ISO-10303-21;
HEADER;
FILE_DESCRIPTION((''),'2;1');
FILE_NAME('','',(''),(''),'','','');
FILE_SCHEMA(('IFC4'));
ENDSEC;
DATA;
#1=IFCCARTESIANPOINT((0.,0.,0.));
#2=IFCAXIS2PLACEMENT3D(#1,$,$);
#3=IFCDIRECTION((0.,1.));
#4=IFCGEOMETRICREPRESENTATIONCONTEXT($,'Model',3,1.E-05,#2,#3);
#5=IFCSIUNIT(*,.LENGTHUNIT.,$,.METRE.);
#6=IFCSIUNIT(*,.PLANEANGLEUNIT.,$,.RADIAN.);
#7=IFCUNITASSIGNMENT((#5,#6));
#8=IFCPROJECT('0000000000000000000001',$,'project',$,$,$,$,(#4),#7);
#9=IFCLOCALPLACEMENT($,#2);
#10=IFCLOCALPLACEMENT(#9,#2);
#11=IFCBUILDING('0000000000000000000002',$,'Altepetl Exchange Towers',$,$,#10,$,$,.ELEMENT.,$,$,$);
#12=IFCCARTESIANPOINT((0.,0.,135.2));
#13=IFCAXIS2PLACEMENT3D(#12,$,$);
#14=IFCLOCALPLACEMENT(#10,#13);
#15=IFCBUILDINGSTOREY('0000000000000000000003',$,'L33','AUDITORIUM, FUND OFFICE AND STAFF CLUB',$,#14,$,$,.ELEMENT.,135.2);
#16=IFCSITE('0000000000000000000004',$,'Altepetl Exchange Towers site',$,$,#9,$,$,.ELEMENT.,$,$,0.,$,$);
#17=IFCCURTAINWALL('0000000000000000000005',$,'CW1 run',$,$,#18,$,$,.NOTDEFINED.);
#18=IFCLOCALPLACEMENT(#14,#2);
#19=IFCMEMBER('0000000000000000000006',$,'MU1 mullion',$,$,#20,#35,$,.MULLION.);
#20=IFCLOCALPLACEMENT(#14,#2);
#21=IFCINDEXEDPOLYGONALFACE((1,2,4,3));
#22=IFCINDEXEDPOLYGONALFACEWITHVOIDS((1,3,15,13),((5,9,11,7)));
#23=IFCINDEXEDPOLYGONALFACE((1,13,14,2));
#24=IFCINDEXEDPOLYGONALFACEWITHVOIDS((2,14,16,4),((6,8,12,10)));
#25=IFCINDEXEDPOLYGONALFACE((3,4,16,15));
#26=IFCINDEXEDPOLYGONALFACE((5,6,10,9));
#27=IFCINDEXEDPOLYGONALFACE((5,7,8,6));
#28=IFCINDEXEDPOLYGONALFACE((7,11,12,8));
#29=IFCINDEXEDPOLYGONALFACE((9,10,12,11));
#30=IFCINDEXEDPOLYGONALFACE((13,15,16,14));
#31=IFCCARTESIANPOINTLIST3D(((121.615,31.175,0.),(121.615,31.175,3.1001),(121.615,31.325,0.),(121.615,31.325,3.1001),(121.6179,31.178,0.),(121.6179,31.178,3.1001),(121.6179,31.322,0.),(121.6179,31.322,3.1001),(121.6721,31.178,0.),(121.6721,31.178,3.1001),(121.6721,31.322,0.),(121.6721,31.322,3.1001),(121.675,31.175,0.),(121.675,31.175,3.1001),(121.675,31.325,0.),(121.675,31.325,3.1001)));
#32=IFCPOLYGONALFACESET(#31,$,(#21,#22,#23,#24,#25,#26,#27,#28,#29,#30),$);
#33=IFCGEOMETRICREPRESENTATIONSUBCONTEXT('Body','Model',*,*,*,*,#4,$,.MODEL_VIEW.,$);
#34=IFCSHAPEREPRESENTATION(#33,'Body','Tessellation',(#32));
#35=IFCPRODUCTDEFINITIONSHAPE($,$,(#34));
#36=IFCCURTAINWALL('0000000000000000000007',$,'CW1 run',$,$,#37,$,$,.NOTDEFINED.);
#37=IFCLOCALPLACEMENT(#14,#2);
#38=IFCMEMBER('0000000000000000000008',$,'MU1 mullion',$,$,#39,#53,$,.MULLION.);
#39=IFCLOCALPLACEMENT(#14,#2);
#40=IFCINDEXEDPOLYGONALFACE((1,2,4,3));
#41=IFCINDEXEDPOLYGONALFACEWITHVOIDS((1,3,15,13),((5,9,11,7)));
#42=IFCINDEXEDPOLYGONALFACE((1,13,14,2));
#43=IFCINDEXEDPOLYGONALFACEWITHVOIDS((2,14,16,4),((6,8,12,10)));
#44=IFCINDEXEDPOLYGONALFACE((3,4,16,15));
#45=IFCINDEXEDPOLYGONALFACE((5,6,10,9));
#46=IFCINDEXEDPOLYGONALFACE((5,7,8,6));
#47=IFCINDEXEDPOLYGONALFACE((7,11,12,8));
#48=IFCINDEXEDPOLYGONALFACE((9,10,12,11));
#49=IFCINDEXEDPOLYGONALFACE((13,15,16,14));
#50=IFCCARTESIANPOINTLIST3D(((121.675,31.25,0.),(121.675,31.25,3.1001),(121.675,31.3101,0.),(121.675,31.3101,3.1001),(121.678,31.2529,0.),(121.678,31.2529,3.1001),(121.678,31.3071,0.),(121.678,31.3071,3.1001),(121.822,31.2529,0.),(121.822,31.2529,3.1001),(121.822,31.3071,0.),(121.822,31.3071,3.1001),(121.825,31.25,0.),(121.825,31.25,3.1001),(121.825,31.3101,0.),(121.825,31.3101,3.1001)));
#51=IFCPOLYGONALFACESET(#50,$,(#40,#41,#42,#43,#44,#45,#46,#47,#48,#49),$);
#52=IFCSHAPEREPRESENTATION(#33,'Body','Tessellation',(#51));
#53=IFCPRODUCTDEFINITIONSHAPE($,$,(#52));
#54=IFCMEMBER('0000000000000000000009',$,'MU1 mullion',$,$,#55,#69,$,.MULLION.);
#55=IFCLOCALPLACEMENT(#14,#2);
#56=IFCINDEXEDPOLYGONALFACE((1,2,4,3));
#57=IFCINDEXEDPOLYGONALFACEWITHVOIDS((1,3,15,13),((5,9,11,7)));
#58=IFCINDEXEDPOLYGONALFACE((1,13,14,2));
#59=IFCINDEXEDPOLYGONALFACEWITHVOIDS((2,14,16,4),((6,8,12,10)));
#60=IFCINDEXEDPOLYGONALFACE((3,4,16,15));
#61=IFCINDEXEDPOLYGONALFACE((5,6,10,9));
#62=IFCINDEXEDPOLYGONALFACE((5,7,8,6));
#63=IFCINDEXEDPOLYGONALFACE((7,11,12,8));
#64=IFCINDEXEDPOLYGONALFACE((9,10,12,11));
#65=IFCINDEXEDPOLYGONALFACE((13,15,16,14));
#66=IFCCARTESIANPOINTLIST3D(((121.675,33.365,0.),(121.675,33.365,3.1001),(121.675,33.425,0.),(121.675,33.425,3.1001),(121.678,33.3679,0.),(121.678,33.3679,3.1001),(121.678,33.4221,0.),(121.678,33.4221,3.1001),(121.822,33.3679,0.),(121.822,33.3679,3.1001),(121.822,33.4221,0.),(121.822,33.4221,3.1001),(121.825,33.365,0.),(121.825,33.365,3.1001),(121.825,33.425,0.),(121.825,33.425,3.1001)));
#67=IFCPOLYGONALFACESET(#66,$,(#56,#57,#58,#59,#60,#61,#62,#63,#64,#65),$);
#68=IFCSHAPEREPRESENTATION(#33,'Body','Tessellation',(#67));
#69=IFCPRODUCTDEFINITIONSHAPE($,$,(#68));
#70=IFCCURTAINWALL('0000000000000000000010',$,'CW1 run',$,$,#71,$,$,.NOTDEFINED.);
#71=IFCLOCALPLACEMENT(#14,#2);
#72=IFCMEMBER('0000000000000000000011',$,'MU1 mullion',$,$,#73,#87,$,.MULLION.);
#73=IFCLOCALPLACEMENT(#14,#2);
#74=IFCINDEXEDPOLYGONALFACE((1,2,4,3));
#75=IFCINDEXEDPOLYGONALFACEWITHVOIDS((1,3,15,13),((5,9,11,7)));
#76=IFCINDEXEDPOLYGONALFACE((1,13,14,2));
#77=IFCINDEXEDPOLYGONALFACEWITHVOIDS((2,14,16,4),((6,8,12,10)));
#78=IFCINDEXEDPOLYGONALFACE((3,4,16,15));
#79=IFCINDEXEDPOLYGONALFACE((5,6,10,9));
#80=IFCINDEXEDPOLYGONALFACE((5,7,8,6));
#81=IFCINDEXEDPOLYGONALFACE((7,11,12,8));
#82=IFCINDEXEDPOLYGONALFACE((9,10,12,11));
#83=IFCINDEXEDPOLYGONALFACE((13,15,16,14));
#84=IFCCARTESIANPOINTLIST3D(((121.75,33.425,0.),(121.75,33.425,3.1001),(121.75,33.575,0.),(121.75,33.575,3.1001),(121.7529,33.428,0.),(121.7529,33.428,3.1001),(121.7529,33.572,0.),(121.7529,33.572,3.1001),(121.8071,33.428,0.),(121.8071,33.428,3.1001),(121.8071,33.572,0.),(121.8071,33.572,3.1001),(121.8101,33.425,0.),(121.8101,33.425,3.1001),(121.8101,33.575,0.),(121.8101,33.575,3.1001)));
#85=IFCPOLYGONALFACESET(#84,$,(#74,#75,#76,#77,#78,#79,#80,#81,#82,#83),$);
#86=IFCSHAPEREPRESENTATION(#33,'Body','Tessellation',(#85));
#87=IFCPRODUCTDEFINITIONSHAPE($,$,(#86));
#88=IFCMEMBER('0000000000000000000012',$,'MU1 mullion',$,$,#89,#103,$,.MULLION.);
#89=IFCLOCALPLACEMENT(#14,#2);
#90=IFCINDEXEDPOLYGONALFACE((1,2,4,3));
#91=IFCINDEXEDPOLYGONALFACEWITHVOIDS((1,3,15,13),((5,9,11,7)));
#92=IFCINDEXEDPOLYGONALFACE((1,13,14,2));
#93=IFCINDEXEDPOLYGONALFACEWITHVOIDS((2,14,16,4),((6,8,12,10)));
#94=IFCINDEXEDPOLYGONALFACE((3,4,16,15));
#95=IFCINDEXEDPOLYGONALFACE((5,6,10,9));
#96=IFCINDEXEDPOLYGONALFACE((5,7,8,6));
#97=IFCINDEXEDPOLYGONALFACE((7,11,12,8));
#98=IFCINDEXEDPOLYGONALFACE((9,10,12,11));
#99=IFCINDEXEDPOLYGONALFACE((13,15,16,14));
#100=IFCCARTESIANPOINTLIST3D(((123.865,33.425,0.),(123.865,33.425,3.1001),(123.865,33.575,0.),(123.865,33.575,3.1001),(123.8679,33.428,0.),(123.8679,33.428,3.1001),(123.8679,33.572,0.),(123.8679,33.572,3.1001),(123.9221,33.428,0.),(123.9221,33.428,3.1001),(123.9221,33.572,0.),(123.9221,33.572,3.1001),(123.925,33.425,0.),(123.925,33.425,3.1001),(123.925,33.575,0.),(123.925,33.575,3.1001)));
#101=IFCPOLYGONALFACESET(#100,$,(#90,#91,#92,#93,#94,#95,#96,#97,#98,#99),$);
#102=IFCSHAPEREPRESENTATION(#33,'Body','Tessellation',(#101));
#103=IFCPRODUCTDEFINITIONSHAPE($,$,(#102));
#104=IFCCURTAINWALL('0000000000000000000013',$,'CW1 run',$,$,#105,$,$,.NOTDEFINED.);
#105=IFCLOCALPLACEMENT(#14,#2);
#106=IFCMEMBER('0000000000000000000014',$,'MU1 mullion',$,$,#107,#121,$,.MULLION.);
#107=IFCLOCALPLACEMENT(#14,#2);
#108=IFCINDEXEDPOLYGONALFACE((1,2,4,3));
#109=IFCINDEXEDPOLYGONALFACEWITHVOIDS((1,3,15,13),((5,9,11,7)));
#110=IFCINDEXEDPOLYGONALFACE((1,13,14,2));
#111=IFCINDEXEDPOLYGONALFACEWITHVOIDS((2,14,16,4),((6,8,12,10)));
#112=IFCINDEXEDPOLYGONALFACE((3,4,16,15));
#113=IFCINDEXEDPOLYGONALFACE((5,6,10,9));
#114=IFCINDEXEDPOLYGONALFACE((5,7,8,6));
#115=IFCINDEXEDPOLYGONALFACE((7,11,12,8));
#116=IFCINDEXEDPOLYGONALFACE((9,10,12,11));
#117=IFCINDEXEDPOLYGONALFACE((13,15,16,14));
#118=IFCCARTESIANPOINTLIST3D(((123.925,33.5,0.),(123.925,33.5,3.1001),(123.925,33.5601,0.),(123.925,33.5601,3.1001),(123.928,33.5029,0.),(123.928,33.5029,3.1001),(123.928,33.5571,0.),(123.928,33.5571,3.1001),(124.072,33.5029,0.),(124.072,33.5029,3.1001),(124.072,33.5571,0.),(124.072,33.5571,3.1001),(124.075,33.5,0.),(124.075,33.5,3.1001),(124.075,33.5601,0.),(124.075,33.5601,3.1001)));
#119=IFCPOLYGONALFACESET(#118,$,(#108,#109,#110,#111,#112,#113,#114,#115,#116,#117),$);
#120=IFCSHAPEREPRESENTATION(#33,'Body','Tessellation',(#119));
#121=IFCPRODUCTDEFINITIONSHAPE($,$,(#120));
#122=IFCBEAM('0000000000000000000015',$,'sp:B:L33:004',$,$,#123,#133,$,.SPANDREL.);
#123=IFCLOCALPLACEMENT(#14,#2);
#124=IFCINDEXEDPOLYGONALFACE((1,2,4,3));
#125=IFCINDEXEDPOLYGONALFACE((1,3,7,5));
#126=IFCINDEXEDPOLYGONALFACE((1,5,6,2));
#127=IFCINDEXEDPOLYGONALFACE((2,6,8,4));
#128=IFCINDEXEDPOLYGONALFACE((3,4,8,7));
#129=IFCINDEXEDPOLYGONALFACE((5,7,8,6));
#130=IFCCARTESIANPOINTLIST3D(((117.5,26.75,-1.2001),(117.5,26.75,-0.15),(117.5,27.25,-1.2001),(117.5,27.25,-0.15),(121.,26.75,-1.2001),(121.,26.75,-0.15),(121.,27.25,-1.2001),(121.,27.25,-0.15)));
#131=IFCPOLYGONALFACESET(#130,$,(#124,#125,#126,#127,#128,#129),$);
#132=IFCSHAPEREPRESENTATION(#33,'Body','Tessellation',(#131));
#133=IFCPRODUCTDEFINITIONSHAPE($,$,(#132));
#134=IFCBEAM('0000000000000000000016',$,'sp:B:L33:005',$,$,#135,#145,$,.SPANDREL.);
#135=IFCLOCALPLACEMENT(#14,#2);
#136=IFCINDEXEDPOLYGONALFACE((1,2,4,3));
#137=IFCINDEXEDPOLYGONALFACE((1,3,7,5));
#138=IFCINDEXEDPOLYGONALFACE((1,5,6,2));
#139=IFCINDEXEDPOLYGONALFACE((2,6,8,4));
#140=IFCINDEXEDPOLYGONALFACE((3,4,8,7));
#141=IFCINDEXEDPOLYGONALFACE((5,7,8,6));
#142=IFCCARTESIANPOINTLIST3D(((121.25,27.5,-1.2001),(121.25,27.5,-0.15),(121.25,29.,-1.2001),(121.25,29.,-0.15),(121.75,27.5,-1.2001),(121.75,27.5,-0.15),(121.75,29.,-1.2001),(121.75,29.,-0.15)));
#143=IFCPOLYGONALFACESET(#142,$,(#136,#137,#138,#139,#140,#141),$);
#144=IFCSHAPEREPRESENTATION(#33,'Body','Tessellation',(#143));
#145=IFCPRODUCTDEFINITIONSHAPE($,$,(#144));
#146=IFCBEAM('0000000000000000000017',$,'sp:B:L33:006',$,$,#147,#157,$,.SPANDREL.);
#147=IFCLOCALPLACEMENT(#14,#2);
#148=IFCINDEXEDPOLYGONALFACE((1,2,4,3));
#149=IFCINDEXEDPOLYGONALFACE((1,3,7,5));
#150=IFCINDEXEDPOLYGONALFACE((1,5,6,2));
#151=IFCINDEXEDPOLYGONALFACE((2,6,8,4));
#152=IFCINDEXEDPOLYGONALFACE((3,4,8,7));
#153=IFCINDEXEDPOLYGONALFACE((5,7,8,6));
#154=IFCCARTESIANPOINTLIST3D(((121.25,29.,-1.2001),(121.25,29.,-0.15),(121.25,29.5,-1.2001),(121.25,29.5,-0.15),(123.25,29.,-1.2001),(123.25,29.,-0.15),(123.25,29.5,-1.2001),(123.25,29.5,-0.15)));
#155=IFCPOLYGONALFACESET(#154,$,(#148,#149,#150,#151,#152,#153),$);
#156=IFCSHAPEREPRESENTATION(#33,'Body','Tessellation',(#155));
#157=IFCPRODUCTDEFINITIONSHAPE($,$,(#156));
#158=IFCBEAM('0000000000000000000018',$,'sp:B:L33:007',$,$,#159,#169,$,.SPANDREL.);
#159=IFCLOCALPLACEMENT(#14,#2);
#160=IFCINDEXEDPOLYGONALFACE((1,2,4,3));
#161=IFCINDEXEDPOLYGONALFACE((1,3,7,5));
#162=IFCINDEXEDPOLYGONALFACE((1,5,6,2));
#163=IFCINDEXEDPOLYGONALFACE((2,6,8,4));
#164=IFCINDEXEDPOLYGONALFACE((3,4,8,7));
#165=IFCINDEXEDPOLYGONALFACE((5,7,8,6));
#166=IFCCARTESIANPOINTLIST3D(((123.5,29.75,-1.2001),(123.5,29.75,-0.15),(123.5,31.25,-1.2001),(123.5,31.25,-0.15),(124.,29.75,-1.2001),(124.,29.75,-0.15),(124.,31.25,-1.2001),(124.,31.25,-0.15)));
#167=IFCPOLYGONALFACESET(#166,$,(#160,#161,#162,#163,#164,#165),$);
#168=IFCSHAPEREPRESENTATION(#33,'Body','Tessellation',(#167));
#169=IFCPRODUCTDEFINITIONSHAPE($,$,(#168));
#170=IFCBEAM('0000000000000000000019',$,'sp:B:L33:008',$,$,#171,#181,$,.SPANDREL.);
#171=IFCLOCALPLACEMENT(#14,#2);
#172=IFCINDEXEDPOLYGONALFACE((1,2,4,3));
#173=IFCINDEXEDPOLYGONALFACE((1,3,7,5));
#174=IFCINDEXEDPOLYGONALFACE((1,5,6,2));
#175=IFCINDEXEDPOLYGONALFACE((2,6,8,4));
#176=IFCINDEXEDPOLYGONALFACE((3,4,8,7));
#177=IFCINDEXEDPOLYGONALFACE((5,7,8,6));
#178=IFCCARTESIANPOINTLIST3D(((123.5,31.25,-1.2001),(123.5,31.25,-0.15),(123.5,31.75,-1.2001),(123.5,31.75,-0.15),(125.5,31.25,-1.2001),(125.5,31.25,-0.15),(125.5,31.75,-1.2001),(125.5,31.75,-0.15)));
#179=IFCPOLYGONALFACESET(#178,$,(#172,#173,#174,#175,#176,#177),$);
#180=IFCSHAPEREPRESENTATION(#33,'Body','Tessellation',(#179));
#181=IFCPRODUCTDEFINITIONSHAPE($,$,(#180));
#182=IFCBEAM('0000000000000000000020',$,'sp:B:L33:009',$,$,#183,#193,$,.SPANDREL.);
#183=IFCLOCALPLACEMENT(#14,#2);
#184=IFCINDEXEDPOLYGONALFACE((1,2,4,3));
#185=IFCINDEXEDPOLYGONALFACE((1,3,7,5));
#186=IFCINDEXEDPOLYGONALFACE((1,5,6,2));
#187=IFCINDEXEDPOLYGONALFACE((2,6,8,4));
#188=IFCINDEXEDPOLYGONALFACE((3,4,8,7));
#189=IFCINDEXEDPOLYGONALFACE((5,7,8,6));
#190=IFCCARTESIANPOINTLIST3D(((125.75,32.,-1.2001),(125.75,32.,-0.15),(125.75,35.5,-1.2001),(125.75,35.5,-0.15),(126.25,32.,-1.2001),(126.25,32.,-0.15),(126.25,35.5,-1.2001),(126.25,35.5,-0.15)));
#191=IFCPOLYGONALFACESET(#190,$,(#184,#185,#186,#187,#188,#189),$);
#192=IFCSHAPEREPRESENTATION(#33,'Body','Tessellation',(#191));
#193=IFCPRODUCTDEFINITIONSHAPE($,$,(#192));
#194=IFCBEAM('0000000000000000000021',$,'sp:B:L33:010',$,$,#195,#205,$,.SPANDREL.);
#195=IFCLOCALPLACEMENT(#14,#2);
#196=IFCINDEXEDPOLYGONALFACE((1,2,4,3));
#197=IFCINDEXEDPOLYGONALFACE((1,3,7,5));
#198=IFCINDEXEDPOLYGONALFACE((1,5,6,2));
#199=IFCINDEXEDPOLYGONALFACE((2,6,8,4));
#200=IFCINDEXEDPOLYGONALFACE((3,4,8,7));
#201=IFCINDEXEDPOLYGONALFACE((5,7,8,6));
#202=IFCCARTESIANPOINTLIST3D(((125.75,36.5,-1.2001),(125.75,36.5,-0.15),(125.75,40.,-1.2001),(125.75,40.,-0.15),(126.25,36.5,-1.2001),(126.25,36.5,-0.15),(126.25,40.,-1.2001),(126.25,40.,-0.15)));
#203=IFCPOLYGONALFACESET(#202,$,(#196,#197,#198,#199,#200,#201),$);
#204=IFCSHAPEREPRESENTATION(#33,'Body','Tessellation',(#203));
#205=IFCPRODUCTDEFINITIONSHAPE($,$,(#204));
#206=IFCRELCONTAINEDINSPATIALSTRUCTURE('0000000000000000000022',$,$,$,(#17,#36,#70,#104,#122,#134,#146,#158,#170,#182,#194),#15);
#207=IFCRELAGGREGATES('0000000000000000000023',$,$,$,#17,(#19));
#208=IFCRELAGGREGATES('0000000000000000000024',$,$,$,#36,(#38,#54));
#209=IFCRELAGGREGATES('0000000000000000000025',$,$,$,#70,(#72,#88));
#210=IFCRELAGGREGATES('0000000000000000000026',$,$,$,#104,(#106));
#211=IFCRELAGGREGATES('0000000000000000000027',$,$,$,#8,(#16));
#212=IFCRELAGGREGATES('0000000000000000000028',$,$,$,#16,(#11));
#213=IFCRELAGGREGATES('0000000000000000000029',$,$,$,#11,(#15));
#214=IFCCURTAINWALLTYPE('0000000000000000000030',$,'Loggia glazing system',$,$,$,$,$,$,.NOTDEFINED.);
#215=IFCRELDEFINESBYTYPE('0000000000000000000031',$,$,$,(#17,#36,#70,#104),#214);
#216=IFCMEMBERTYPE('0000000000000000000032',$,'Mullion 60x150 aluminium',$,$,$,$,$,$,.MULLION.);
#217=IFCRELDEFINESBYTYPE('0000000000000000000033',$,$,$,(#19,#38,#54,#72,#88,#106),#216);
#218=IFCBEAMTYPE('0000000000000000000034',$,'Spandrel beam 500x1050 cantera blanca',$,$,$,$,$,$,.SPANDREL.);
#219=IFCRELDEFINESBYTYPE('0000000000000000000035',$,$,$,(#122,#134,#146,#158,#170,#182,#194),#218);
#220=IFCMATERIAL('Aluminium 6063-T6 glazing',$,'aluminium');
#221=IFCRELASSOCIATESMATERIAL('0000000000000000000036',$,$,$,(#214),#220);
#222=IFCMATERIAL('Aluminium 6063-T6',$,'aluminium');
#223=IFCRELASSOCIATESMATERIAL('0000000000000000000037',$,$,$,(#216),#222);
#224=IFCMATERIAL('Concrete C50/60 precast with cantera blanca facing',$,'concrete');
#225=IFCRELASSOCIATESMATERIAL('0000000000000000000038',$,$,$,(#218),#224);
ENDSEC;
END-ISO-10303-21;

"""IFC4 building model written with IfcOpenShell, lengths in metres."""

from ifc_helpers import new_model, si_unit, direction, frame, origin, origin_2d, place, context, subcontext, project, spatial, rectangle, hollow_rectangle, extrude, material, material_profile, profile_set, type_object, element, aggregate, save


model = new_model("IFC4")

# Units and contexts
model_context = context("Model", 3, precision=1e-05, world=origin(), true_north=direction((0.0, 1.0)))
body_context = subcontext(model_context, "Body", "Model", "MODEL_VIEW")
ifc_project = project(units=[si_unit("LENGTHUNIT", "METRE"), si_unit("PLANEANGLEUNIT", "RADIAN")], contexts=[model_context])

# Site, building, storey
site_placement = place(None, origin())
site = spatial("IfcSite", under=ifc_project, at=site_placement, Name="Altepetl Exchange Towers site", CompositionType="ELEMENT", RefElevation=0.0)
building_placement = place(site_placement, origin())
building = spatial("IfcBuilding", under=site, at=building_placement, Name="Altepetl Exchange Towers", CompositionType="ELEMENT")
storey_placement = place(building_placement, frame((0.0, 0.0, 135.2)))
storey = spatial("IfcBuildingStorey", under=building, at=storey_placement, Name="L33", Description="AUDITORIUM, FUND OFFICE AND STAFF CLUB", CompositionType="ELEMENT", Elevation=135.2)

# Shared definitions
ifc_material_1 = material(Name="Aluminium 6063-T6 glazing", Category="aluminium")
curtain_wall_type = type_object("IfcCurtainWallType", Name="Loggia glazing system", PredefinedType="NOTDEFINED", material=ifc_material_1)
ifc_material_2 = material(Name="Aluminium 6063-T6", Category="aluminium")
ifc_material_profile_1 = material_profile(ifc_material_2, hollow_rectangle(XDim=0.0601, YDim=0.1499, WallThickness=0.0029, at=origin_2d()), Name="Mullion 60x150 aluminium")
ifc_profile_set_1 = profile_set([ifc_material_profile_1], Name="Aluminium 6063-T6")
member_type = type_object("IfcMemberType", Name="Mullion 60x150 aluminium", PredefinedType="MULLION", material=ifc_profile_set_1)

# Curtain walls, members
curtain_wall_1_placement = place(storey_placement, origin())
curtain_wall_1 = element("IfcCurtainWall", 1, at=curtain_wall_1_placement, inside=storey, type_object=curtain_wall_type, Name="CW1 run", PredefinedType="NOTDEFINED")
member_1_placement = place(storey_placement, frame((121.645, 31.25, 0.0)))
member_1 = element("IfcMember", 2, at=member_1_placement, type_object=member_type, Name="MU1 mullion", PredefinedType="MULLION", context=body_context, shape_type="SweptSolid", body=[
    extrude(hollow_rectangle(XDim=0.0601, YDim=0.1499, WallThickness=0.0029, at=origin_2d()), origin(), (0.0, 0.0, 1.0), 3.1001),
])
curtain_wall_2_placement = place(storey_placement, origin())
curtain_wall_2 = element("IfcCurtainWall", 3, at=curtain_wall_2_placement, inside=storey, type_object=curtain_wall_type, Name="CW1 run", PredefinedType="NOTDEFINED")
member_2_placement = place(storey_placement, frame((121.75, 31.28, 0.0), z_axis=(0.0, 0.0, 1.0), x_axis=(0.0, 1.0, 0.0)))
member_2 = element("IfcMember", 4, at=member_2_placement, type_object=member_type, Name="MU1 mullion", PredefinedType="MULLION", context=body_context, shape_type="SweptSolid", body=[
    extrude(hollow_rectangle(XDim=0.0601, YDim=0.1499, WallThickness=0.0029, at=origin_2d()), origin(), (0.0, 0.0, 1.0), 3.1001),
])
member_3_placement = place(storey_placement, frame((121.75, 33.395, 0.0), z_axis=(0.0, 0.0, 1.0), x_axis=(0.0, 1.0, 0.0)))
member_3 = element("IfcMember", 5, at=member_3_placement, type_object=member_type, Name="MU1 mullion", PredefinedType="MULLION", context=body_context, shape_type="SweptSolid", body=[
    extrude(hollow_rectangle(XDim=0.0601, YDim=0.1499, WallThickness=0.0029, at=origin_2d()), origin(), (0.0, 0.0, 1.0), 3.1001),
])
curtain_wall_3_placement = place(storey_placement, origin())
curtain_wall_3 = element("IfcCurtainWall", 6, at=curtain_wall_3_placement, inside=storey, type_object=curtain_wall_type, Name="CW1 run", PredefinedType="NOTDEFINED")
member_4_placement = place(storey_placement, frame((121.78, 33.5, 0.0)))
member_4 = element("IfcMember", 7, at=member_4_placement, type_object=member_type, Name="MU1 mullion", PredefinedType="MULLION", context=body_context, shape_type="SweptSolid", body=[
    extrude(hollow_rectangle(XDim=0.0601, YDim=0.1499, WallThickness=0.0029, at=origin_2d()), origin(), (0.0, 0.0, 1.0), 3.1001),
])
member_5_placement = place(storey_placement, frame((123.895, 33.5, 0.0)))
member_5 = element("IfcMember", 8, at=member_5_placement, type_object=member_type, Name="MU1 mullion", PredefinedType="MULLION", context=body_context, shape_type="SweptSolid", body=[
    extrude(hollow_rectangle(XDim=0.0601, YDim=0.1499, WallThickness=0.0029, at=origin_2d()), origin(), (0.0, 0.0, 1.0), 3.1001),
])

# Curtain wall, member
curtain_wall_4_placement = place(storey_placement, origin())
curtain_wall_4 = element("IfcCurtainWall", 9, at=curtain_wall_4_placement, inside=storey, type_object=curtain_wall_type, Name="CW1 run", PredefinedType="NOTDEFINED")
member_6_placement = place(storey_placement, frame((124.0, 33.53, 0.0), z_axis=(0.0, 0.0, 1.0), x_axis=(0.0, 1.0, 0.0)))
member_6 = element("IfcMember", 10, at=member_6_placement, type_object=member_type, Name="MU1 mullion", PredefinedType="MULLION", context=body_context, shape_type="SweptSolid", body=[
    extrude(hollow_rectangle(XDim=0.0601, YDim=0.1499, WallThickness=0.0029, at=origin_2d()), origin(), (0.0, 0.0, 1.0), 3.1001),
])

# Beams
ifc_material_3 = material(Name="Concrete C50/60 precast with cantera blanca facing", Category="concrete")
ifc_material_profile_2 = material_profile(ifc_material_3, rectangle(XDim=0.5, YDim=1.05, at=origin_2d()), Name="500 x 1050")
ifc_profile_set_2 = profile_set([ifc_material_profile_2], Name="Concrete C50/60 precast with cantera blanca facing")
beam_type_1 = type_object("IfcBeamType", Name="Spandrel beam 500x1050 cantera blanca", PredefinedType="SPANDREL", material=ifc_profile_set_2)
beam_1_placement = place(storey_placement, frame((117.5, 27.0, -0.675), z_axis=(1.0, 0.0, 0.0), x_axis=(0.0, 1.0, 0.0)))
element("IfcBeam", 11, at=beam_1_placement, inside=storey, type_object=beam_type_1, Name="sp:B:L33:004", PredefinedType="SPANDREL", context=body_context, shape_type="SweptSolid", body=[
    extrude(rectangle(XDim=0.5, YDim=1.05, at=origin_2d()), origin(), (0.0, 0.0, 1.0), 3.5),
])
beam_2_placement = place(storey_placement, frame((121.5, 27.5, -0.675), z_axis=(0.0, 1.0, 0.0), x_axis=(-1.0, 0.0, 0.0)))
element("IfcBeam", 12, at=beam_2_placement, inside=storey, type_object=beam_type_1, Name="sp:B:L33:005", PredefinedType="SPANDREL", context=body_context, shape_type="SweptSolid", body=[
    extrude(rectangle(XDim=0.5, YDim=1.05, at=origin_2d()), origin(), (0.0, 0.0, 1.0), 1.5),
])
beam_3_placement = place(storey_placement, frame((121.25, 29.25, -0.675), z_axis=(1.0, 0.0, 0.0), x_axis=(0.0, 1.0, 0.0)))
element("IfcBeam", 13, at=beam_3_placement, inside=storey, type_object=beam_type_1, Name="sp:B:L33:006", PredefinedType="SPANDREL", context=body_context, shape_type="SweptSolid", body=[
    extrude(rectangle(XDim=0.5, YDim=1.05, at=origin_2d()), origin(), (0.0, 0.0, 1.0), 2.0),
])
beam_4_placement = place(storey_placement, frame((123.75, 29.75, -0.675), z_axis=(0.0, 1.0, 0.0), x_axis=(-1.0, 0.0, 0.0)))
element("IfcBeam", 14, at=beam_4_placement, inside=storey, type_object=beam_type_1, Name="sp:B:L33:007", PredefinedType="SPANDREL", context=body_context, shape_type="SweptSolid", body=[
    extrude(rectangle(XDim=0.5, YDim=1.05, at=origin_2d()), origin(), (0.0, 0.0, 1.0), 1.5),
])
beam_5_placement = place(storey_placement, frame((123.5, 31.5, -0.675), z_axis=(1.0, 0.0, 0.0), x_axis=(0.0, 1.0, 0.0)))
element("IfcBeam", 15, at=beam_5_placement, inside=storey, type_object=beam_type_1, Name="sp:B:L33:008", PredefinedType="SPANDREL", context=body_context, shape_type="SweptSolid", body=[
    extrude(rectangle(XDim=0.5, YDim=1.05, at=origin_2d()), origin(), (0.0, 0.0, 1.0), 2.0),
])
for number, where, z_axis, x_axis, name in (
    (16, (126.0, 32.0, -0.675), (0.0, 1.0, 0.0), (-1.0, 0.0, 0.0), "sp:B:L33:009"),
    (17, (126.0, 36.5, -0.675), (0.0, 1.0, 0.0), (-1.0, 0.0, 0.0), "sp:B:L33:010"),
):
    element("IfcBeam", number, at=place(storey_placement, frame(where, z_axis=z_axis, x_axis=x_axis)), inside=storey, type_object=beam_type_1, Name=name, PredefinedType="SPANDREL", context=body_context, shape_type="SweptSolid", body=[
        extrude(rectangle(XDim=0.5, YDim=1.05, at=origin_2d()), origin(), (0.0, 0.0, 1.0), 3.5),
    ])

aggregate(curtain_wall_1, [member_1])
aggregate(curtain_wall_2, [member_2, member_3])
aggregate(curtain_wall_3, [member_4, member_5])
aggregate(curtain_wall_4, [member_6])

save(model, "model.ifc")
